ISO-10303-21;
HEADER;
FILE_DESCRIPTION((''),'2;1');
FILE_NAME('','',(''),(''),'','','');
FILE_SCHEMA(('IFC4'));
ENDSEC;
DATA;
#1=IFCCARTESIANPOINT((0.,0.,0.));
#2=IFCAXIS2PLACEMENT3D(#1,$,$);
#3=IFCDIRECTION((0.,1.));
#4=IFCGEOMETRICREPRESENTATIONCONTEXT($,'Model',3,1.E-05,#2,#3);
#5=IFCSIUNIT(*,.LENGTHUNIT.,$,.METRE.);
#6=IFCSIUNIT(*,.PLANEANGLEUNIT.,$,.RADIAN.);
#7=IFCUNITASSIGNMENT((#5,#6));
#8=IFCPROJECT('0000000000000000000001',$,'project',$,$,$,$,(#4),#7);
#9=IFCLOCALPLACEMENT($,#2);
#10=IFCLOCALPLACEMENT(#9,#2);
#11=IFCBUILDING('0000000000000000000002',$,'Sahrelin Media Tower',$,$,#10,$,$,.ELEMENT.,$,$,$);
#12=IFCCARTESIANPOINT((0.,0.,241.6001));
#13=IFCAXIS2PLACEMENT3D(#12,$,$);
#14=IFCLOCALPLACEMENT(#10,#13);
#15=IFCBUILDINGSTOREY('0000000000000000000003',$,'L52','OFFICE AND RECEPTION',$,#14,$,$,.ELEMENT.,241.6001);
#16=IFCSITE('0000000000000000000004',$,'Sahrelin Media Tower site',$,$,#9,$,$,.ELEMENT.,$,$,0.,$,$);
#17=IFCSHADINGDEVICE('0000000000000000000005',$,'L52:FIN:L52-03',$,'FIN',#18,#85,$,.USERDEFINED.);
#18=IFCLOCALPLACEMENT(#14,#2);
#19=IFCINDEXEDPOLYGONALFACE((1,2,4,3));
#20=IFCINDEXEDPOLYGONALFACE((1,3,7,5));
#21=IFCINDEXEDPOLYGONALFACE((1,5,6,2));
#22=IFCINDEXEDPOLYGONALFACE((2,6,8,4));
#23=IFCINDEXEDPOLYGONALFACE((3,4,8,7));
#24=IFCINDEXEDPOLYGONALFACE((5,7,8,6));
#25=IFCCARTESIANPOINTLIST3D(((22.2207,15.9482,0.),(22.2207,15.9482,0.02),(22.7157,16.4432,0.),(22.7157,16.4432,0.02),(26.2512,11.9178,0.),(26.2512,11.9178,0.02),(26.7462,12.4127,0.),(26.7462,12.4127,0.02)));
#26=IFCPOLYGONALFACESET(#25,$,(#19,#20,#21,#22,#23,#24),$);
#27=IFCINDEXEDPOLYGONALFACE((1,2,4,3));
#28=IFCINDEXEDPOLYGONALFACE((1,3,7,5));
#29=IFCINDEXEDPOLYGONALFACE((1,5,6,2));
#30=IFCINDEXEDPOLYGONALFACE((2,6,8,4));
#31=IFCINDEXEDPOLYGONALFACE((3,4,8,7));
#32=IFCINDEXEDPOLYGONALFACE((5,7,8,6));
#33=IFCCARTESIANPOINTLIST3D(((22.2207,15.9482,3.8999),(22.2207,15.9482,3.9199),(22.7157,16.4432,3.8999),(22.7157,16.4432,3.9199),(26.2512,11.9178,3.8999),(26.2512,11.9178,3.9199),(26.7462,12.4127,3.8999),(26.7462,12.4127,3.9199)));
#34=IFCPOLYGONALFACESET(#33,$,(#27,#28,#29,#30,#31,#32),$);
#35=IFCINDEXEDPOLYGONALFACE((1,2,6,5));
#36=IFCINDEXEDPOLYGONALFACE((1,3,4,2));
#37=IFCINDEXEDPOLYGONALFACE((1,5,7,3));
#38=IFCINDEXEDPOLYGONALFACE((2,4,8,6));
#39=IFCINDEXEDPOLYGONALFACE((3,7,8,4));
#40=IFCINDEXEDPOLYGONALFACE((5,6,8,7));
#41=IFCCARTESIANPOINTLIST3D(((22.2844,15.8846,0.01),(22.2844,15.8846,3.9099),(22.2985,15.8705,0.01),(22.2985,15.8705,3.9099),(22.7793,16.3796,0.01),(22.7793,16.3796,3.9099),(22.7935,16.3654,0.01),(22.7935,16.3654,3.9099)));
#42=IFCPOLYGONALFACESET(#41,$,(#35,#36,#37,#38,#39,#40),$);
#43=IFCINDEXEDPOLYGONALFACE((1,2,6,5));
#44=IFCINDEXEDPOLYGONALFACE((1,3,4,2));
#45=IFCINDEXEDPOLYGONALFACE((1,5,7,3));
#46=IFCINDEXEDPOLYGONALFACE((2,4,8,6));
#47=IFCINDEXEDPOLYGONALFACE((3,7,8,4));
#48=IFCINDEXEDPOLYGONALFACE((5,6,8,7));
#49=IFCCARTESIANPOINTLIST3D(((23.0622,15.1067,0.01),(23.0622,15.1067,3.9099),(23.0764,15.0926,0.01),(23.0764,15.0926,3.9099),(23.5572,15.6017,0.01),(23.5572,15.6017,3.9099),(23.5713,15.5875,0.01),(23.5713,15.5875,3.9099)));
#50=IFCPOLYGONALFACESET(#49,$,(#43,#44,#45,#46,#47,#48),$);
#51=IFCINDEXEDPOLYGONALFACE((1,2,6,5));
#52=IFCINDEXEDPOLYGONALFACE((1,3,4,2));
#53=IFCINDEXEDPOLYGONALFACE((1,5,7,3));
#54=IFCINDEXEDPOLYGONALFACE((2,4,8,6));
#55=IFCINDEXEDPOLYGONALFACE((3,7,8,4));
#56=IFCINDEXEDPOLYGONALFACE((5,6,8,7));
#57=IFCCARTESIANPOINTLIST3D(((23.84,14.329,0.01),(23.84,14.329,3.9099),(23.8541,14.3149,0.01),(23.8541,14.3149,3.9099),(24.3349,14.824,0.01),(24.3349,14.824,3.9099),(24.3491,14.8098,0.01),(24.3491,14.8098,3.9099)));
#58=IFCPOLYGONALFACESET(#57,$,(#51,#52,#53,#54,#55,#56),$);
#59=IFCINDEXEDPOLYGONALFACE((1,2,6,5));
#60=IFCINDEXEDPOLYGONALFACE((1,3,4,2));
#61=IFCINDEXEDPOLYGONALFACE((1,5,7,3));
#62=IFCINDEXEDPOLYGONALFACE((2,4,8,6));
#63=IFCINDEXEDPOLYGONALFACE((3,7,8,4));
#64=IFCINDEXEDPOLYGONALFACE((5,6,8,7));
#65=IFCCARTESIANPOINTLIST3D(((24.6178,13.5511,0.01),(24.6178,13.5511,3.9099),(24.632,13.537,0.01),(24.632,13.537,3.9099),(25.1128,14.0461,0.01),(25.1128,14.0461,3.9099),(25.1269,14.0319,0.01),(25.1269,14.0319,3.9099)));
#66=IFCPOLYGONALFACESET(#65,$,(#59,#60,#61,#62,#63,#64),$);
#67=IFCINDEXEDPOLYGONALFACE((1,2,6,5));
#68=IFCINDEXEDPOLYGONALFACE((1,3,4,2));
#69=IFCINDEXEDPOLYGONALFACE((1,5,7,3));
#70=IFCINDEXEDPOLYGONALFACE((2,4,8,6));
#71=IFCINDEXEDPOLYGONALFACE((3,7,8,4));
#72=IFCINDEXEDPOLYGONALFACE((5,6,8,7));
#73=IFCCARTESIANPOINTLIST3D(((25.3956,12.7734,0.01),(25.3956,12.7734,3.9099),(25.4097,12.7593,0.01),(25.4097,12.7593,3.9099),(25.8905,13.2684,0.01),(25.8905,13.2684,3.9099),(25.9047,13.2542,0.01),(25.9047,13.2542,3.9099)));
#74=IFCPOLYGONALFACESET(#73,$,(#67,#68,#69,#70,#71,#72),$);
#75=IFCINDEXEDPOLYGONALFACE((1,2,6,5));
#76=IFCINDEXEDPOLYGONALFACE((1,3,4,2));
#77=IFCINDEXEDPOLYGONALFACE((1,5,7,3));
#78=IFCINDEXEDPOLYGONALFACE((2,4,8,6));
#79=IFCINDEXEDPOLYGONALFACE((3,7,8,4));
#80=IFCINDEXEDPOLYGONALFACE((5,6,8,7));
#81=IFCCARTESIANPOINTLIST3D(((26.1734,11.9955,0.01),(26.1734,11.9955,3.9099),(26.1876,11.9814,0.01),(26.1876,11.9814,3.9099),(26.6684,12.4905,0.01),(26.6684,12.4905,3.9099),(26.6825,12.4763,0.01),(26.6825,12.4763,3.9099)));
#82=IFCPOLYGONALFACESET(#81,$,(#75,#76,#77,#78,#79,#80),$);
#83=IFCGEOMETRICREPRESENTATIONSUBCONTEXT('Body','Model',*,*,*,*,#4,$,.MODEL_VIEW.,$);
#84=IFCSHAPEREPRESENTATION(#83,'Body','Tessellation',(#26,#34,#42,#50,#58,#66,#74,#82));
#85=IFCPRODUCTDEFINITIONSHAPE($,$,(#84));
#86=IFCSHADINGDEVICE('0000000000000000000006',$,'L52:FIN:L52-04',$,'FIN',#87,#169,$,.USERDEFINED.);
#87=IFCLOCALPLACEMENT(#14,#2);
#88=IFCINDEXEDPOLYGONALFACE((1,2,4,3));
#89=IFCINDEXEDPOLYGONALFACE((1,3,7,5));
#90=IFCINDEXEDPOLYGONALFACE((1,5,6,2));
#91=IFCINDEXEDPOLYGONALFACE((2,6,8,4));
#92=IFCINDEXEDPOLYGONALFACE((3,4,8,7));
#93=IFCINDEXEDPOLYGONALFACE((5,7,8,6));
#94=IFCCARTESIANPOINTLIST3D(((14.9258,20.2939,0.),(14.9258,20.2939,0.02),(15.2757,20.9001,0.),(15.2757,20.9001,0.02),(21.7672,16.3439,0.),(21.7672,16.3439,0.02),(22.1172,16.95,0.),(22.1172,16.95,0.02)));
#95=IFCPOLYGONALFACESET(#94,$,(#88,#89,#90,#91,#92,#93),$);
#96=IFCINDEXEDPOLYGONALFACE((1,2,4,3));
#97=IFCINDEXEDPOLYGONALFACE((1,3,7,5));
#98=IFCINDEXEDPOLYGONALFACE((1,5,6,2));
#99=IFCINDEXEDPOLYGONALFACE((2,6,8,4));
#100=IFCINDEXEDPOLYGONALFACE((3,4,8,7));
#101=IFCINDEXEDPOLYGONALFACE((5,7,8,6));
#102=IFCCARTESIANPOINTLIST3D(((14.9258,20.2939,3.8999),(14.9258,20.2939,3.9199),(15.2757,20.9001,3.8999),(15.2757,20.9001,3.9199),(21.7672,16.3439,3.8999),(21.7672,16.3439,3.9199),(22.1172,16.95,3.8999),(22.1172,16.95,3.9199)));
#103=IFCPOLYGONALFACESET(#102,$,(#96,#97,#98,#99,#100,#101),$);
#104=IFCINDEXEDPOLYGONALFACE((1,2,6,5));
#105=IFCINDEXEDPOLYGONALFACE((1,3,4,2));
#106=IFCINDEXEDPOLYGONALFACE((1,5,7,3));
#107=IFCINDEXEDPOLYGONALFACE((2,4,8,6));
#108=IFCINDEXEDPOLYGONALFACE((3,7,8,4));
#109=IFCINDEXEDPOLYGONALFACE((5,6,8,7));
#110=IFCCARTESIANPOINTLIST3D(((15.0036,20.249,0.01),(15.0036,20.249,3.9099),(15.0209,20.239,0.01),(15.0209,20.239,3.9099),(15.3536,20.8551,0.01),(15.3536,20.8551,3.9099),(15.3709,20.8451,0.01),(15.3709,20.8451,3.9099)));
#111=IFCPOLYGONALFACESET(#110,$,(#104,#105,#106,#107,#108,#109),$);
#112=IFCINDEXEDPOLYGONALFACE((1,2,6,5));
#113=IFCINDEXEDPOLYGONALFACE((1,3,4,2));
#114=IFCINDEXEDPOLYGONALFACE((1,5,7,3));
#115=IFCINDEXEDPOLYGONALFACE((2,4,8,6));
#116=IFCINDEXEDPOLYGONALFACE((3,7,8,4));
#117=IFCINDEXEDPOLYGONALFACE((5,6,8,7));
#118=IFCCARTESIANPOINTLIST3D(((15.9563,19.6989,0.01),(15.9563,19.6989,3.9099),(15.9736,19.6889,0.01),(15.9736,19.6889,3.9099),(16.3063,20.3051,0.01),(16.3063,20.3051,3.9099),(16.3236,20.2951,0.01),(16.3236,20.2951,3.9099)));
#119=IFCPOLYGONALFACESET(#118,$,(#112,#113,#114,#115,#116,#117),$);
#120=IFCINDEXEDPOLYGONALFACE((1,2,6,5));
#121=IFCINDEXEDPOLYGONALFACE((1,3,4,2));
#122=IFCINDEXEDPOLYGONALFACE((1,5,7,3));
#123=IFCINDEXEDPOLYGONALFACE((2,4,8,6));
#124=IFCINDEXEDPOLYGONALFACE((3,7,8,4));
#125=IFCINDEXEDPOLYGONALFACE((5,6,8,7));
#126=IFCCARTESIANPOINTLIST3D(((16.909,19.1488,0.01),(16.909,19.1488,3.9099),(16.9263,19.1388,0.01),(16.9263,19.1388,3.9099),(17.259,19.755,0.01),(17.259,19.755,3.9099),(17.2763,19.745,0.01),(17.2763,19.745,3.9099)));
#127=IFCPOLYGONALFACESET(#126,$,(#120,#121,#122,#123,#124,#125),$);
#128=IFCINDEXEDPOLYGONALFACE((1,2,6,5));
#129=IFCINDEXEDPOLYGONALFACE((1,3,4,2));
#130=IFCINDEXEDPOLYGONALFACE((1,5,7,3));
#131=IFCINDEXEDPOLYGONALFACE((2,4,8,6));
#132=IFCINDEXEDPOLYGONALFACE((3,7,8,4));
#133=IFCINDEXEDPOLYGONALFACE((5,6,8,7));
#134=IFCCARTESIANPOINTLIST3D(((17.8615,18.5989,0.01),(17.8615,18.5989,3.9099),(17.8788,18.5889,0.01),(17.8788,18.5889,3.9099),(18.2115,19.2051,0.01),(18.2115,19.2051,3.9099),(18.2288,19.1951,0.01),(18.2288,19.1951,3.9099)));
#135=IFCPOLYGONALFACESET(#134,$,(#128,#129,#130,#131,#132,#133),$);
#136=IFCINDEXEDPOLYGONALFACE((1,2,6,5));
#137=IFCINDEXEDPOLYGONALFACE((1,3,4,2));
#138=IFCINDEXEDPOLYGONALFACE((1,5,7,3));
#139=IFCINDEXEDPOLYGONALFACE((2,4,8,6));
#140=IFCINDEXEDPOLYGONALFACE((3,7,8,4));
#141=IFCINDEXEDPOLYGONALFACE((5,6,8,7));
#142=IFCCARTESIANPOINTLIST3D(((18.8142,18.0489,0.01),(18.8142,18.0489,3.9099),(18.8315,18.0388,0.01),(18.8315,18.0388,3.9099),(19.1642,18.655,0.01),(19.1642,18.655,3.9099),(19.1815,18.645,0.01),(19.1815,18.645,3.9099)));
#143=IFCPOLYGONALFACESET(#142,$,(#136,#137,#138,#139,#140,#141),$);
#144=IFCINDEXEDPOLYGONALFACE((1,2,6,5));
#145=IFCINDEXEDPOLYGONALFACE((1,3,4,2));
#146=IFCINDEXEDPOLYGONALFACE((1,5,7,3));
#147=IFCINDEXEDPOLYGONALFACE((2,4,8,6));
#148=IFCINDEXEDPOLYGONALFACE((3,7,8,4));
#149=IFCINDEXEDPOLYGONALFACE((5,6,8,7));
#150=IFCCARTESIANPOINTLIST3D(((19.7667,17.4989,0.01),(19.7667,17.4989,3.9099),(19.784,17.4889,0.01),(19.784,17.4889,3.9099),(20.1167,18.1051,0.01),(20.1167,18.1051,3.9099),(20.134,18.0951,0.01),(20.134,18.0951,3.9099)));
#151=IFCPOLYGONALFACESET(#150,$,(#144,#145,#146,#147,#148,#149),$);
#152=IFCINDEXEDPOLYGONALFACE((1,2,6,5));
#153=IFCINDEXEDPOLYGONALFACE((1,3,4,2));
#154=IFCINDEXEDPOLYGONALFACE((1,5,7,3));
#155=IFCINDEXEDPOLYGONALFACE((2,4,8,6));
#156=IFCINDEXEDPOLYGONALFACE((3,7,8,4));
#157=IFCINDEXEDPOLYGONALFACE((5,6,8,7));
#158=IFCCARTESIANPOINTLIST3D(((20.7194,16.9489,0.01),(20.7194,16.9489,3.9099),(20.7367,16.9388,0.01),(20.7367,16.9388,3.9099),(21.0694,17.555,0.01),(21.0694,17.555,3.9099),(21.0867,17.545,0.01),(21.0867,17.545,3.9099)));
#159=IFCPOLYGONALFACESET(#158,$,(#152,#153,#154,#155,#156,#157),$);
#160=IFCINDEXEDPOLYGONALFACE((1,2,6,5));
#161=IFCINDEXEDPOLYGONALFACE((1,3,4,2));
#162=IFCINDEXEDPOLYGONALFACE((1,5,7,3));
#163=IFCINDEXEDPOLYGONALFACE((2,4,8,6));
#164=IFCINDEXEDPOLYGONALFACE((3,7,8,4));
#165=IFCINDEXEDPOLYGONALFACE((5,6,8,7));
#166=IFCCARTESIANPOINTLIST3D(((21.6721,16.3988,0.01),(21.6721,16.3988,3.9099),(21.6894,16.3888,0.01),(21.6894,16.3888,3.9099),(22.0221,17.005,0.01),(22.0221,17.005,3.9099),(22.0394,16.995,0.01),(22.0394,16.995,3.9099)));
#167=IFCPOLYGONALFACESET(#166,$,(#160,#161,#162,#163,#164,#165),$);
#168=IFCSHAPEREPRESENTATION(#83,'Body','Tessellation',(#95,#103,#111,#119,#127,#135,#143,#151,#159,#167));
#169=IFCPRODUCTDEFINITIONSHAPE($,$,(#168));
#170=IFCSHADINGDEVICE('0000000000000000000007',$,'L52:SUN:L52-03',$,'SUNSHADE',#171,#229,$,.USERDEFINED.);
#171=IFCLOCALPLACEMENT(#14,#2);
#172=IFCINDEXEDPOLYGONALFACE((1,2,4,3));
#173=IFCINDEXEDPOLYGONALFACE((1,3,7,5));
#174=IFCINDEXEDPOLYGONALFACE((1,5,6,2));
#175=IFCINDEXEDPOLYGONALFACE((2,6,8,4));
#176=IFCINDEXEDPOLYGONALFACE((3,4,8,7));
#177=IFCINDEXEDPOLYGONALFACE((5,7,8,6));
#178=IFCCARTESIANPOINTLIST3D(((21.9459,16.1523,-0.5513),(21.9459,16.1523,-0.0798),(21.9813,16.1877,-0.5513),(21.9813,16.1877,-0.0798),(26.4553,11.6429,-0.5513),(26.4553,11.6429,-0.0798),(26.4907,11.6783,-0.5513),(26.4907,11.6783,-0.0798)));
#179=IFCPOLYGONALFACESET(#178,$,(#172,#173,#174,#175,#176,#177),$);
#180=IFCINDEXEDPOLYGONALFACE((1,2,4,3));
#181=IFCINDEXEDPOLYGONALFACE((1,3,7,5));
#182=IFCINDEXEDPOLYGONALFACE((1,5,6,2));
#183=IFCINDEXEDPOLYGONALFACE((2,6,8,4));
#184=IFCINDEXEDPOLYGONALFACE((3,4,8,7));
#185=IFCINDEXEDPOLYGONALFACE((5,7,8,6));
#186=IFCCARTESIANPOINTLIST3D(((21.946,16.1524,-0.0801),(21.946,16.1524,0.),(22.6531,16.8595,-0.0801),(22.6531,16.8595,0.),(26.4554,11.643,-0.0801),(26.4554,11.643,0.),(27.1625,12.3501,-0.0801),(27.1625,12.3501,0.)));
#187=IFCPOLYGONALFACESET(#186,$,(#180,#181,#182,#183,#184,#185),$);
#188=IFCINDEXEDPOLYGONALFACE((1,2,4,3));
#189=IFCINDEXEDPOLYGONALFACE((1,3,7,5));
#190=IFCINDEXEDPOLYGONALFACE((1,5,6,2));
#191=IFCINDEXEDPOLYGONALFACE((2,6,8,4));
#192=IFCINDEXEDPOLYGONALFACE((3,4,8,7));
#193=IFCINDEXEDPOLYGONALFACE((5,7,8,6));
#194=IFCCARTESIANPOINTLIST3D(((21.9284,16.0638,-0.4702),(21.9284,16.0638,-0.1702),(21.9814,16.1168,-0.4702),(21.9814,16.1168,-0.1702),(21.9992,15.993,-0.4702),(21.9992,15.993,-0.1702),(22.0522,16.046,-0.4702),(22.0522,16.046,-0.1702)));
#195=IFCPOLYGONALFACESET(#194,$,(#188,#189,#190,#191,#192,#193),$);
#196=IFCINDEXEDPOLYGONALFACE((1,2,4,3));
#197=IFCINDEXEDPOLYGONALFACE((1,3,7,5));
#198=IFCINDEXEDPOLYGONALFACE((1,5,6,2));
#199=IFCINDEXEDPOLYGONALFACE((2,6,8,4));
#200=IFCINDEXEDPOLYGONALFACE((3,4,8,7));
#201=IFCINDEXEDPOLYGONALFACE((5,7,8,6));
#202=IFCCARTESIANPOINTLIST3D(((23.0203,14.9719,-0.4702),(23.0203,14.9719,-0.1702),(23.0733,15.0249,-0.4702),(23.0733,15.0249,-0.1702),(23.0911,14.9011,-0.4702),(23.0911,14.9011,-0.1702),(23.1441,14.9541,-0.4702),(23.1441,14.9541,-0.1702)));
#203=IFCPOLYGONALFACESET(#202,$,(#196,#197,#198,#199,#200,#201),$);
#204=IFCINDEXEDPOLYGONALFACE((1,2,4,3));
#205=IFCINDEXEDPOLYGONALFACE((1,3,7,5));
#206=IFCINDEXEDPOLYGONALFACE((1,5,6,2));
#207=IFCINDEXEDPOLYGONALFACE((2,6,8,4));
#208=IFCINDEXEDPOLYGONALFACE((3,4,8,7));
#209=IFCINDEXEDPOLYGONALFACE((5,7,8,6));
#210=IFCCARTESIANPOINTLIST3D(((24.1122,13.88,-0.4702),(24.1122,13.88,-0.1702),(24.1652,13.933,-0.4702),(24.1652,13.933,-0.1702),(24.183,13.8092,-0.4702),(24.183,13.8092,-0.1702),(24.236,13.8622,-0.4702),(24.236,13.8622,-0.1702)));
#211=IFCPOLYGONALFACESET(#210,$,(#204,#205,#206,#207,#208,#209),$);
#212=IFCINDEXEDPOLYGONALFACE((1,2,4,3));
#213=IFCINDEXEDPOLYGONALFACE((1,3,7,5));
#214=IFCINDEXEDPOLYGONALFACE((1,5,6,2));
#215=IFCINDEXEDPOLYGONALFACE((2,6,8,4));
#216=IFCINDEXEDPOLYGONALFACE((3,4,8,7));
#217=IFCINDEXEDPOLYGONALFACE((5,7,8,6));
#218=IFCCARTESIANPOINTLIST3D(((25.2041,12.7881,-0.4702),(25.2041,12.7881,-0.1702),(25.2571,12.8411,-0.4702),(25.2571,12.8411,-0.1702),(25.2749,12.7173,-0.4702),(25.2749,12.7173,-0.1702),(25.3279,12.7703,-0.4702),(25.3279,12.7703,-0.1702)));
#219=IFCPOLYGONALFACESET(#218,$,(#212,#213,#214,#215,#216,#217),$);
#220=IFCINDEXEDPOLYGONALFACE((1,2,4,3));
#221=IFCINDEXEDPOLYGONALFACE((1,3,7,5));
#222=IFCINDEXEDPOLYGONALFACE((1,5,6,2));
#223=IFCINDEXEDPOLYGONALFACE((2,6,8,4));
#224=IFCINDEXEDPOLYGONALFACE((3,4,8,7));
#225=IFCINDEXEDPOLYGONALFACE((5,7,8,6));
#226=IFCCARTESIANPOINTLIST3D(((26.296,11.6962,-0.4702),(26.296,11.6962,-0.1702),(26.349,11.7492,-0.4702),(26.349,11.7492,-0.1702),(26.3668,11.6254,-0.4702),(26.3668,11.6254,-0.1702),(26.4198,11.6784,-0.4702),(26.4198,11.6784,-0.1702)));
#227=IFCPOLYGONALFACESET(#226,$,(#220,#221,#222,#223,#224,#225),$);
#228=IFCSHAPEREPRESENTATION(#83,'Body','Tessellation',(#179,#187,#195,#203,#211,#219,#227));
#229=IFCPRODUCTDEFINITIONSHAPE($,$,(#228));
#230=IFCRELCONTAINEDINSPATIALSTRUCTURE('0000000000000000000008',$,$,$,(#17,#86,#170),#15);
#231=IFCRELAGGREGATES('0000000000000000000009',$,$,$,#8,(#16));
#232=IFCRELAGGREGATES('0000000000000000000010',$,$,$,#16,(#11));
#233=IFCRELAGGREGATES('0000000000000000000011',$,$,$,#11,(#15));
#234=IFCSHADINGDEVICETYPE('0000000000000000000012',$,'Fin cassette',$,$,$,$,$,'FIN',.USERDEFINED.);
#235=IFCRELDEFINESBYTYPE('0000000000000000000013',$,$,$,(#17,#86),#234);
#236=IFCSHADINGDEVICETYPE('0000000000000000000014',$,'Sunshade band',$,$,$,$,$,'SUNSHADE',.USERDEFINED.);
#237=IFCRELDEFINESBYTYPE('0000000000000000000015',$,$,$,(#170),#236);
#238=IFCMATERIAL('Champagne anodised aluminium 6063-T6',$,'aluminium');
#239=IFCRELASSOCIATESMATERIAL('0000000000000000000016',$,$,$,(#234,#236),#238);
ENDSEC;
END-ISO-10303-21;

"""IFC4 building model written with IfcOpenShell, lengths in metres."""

from ifc_helpers import new_model, si_unit, direction, frame, origin, origin_2d, place, context, subcontext, project, spatial, rectangle, extrude, material, type_object, element, save


model = new_model("IFC4")

# Units and contexts
model_context = context("Model", 3, precision=1e-05, world=origin(), true_north=direction((0.0, 1.0)))
body_context = subcontext(model_context, "Body", "Model", "MODEL_VIEW")
ifc_project = project(units=[si_unit("LENGTHUNIT", "METRE"), si_unit("PLANEANGLEUNIT", "RADIAN")], contexts=[model_context])

# Site, building, storey
site_placement = place(None, origin())
site = spatial("IfcSite", under=ifc_project, at=site_placement, Name="Sahrelin Media Tower site", CompositionType="ELEMENT", RefElevation=0.0)
building_placement = place(site_placement, origin())
building = spatial("IfcBuilding", under=site, at=building_placement, Name="Sahrelin Media Tower", CompositionType="ELEMENT")
storey_placement = place(building_placement, frame((0.0, 0.0, 241.6001)))
storey = spatial("IfcBuildingStorey", under=building, at=storey_placement, Name="L52", Description="OFFICE AND RECEPTION", CompositionType="ELEMENT", Elevation=241.6001)

# Shared definitions
ifc_material_1 = material(Name="Champagne anodised aluminium 6063-T6", Category="aluminium")

# Shading devices
shading_device_type_1 = type_object("IfcShadingDeviceType", Name="Fin cassette", ElementType="FIN", PredefinedType="USERDEFINED", material=ifc_material_1)
placement_1 = place(storey_placement, frame((24.1865, 13.8835, 0.0), z_axis=(0.0, 0.0, 1.0), x_axis=(0.707107, -0.707107, 0.0)))
element("IfcShadingDevice", 1, at=placement_1, inside=storey, type_object=shading_device_type_1, Name="L52:FIN:L52-03", ObjectType="FIN", PredefinedType="USERDEFINED", context=body_context, shape_type="SweptSolid", body=[
    extrude(rectangle(XDim=5.7, YDim=0.7, at=origin_2d()), frame((0.0, 0.4199, 0.0)), (0.0, 0.0, 1.0), 0.02),
    extrude(rectangle(XDim=5.7, YDim=0.7, at=origin_2d()), frame((0.0, 0.4199, 3.8999)), (0.0, 0.0, 1.0), 0.02),
    extrude(rectangle(XDim=0.02, YDim=0.7, at=origin_2d()), frame((-2.75, 0.4199, 0.01), z_axis=(0.0, 0.0, 1.0), x_axis=(1.0, 0.0, 0.0)), (0.0, 0.0, 1.0), 3.8999),
    extrude(rectangle(XDim=0.02, YDim=0.7, at=origin_2d()), frame((-1.6499, 0.4199, 0.01), z_axis=(0.0, 0.0, 1.0), x_axis=(1.0, 0.0, 0.0)), (0.0, 0.0, 1.0), 3.8999),
    extrude(rectangle(XDim=0.02, YDim=0.7, at=origin_2d()), frame((-0.55, 0.4199, 0.01), z_axis=(0.0, 0.0, 1.0), x_axis=(1.0, 0.0, 0.0)), (0.0, 0.0, 1.0), 3.8999),
    extrude(rectangle(XDim=0.02, YDim=0.7, at=origin_2d()), frame((0.55, 0.4199, 0.01), z_axis=(0.0, 0.0, 1.0), x_axis=(1.0, 0.0, 0.0)), (0.0, 0.0, 1.0), 3.8999),
    extrude(rectangle(XDim=0.02, YDim=0.7, at=origin_2d()), frame((1.6499, 0.4199, 0.01), z_axis=(0.0, 0.0, 1.0), x_axis=(1.0, 0.0, 0.0)), (0.0, 0.0, 1.0), 3.8999),
    extrude(rectangle(XDim=0.02, YDim=0.7, at=origin_2d()), frame((2.75, 0.4199, 0.01), z_axis=(0.0, 0.0, 1.0), x_axis=(1.0, 0.0, 0.0)), (0.0, 0.0, 1.0), 3.8999),
])
placement_2 = place(storey_placement, frame((18.3115, 18.2583, 0.0), z_axis=(0.0, 0.0, 1.0), x_axis=(0.866019, -0.500011, 0.0)))
element("IfcShadingDevice", 2, at=placement_2, inside=storey, type_object=shading_device_type_1, Name="L52:FIN:L52-04", ObjectType="FIN", PredefinedType="USERDEFINED", context=body_context, shape_type="SweptSolid", body=[
    extrude(rectangle(XDim=7.8999, YDim=0.7, at=origin_2d()), frame((0.0, 0.4199, 0.0)), (0.0, 0.0, 1.0), 0.02),
    extrude(rectangle(XDim=7.8999, YDim=0.7, at=origin_2d()), frame((0.0, 0.4199, 3.8999)), (0.0, 0.0, 1.0), 0.02),
    extrude(rectangle(XDim=0.02, YDim=0.7, at=origin_2d()), frame((-3.8501, 0.4199, 0.01), z_axis=(0.0, 0.0, 1.0), x_axis=(1.0, 0.0, 0.0)), (0.0, 0.0, 1.0), 3.8999),
    extrude(rectangle(XDim=0.02, YDim=0.7, at=origin_2d()), frame((-2.75, 0.4199, 0.01), z_axis=(0.0, 0.0, 1.0), x_axis=(1.0, 0.0, 0.0)), (0.0, 0.0, 1.0), 3.8999),
    extrude(rectangle(XDim=0.02, YDim=0.7, at=origin_2d()), frame((-1.6499, 0.4199, 0.01), z_axis=(0.0, 0.0, 1.0), x_axis=(1.0, 0.0, 0.0)), (0.0, 0.0, 1.0), 3.8999),
    extrude(rectangle(XDim=0.02, YDim=0.7, at=origin_2d()), frame((-0.55, 0.4199, 0.01), z_axis=(0.0, 0.0, 1.0), x_axis=(1.0, 0.0, 0.0)), (0.0, 0.0, 1.0), 3.8999),
    extrude(rectangle(XDim=0.02, YDim=0.7, at=origin_2d()), frame((0.55, 0.4199, 0.01), z_axis=(0.0, 0.0, 1.0), x_axis=(1.0, 0.0, 0.0)), (0.0, 0.0, 1.0), 3.8999),
    extrude(rectangle(XDim=0.02, YDim=0.7, at=origin_2d()), frame((1.6499, 0.4199, 0.01), z_axis=(0.0, 0.0, 1.0), x_axis=(1.0, 0.0, 0.0)), (0.0, 0.0, 1.0), 3.8999),
    extrude(rectangle(XDim=0.02, YDim=0.7, at=origin_2d()), frame((2.75, 0.4199, 0.01), z_axis=(0.0, 0.0, 1.0), x_axis=(1.0, 0.0, 0.0)), (0.0, 0.0, 1.0), 3.8999),
    extrude(rectangle(XDim=0.02, YDim=0.7, at=origin_2d()), frame((3.8501, 0.4199, 0.01), z_axis=(0.0, 0.0, 1.0), x_axis=(1.0, 0.0, 0.0)), (0.0, 0.0, 1.0), 3.8999),
])
shading_device_type_2 = type_object("IfcShadingDeviceType", Name="Sunshade band", ElementType="SUNSHADE", PredefinedType="USERDEFINED", material=ifc_material_1)
element("IfcShadingDevice", 3, at=placement_1, inside=storey, type_object=shading_device_type_2, Name="L52:SUN:L52-03", ObjectType="SUNSHADE", PredefinedType="USERDEFINED", context=body_context, shape_type="SweptSolid", body=[
    extrude(rectangle(XDim=6.3772, YDim=0.05, at=origin_2d()), frame((0.0, 0.0449, -0.5513)), (0.0, 0.0, 1.0), 0.4714),
    extrude(rectangle(XDim=6.3772, YDim=1.0, at=origin_2d()), frame((0.0, 0.52, -0.0801)), (0.0, 0.0, 1.0), 0.0801),
    extrude(rectangle(XDim=0.1001, YDim=0.075, at=origin_2d()), frame((-3.0884, -0.0176, -0.4702)), (0.0, 0.0, 1.0), 0.3),
    extrude(rectangle(XDim=0.1001, YDim=0.075, at=origin_2d()), frame((-1.5442, -0.0176, -0.4702)), (0.0, 0.0, 1.0), 0.3),
    extrude(rectangle(XDim=0.1001, YDim=0.075, at=origin_2d()), frame((0.0, -0.0176, -0.4702)), (0.0, 0.0, 1.0), 0.3),
    extrude(rectangle(XDim=0.1001, YDim=0.075, at=origin_2d()), frame((1.5442, -0.0176, -0.4702)), (0.0, 0.0, 1.0), 0.3),
    extrude(rectangle(XDim=0.1001, YDim=0.075, at=origin_2d()), frame((3.0884, -0.0176, -0.4702)), (0.0, 0.0, 1.0), 0.3),
])

save(model, "model.ifc")
